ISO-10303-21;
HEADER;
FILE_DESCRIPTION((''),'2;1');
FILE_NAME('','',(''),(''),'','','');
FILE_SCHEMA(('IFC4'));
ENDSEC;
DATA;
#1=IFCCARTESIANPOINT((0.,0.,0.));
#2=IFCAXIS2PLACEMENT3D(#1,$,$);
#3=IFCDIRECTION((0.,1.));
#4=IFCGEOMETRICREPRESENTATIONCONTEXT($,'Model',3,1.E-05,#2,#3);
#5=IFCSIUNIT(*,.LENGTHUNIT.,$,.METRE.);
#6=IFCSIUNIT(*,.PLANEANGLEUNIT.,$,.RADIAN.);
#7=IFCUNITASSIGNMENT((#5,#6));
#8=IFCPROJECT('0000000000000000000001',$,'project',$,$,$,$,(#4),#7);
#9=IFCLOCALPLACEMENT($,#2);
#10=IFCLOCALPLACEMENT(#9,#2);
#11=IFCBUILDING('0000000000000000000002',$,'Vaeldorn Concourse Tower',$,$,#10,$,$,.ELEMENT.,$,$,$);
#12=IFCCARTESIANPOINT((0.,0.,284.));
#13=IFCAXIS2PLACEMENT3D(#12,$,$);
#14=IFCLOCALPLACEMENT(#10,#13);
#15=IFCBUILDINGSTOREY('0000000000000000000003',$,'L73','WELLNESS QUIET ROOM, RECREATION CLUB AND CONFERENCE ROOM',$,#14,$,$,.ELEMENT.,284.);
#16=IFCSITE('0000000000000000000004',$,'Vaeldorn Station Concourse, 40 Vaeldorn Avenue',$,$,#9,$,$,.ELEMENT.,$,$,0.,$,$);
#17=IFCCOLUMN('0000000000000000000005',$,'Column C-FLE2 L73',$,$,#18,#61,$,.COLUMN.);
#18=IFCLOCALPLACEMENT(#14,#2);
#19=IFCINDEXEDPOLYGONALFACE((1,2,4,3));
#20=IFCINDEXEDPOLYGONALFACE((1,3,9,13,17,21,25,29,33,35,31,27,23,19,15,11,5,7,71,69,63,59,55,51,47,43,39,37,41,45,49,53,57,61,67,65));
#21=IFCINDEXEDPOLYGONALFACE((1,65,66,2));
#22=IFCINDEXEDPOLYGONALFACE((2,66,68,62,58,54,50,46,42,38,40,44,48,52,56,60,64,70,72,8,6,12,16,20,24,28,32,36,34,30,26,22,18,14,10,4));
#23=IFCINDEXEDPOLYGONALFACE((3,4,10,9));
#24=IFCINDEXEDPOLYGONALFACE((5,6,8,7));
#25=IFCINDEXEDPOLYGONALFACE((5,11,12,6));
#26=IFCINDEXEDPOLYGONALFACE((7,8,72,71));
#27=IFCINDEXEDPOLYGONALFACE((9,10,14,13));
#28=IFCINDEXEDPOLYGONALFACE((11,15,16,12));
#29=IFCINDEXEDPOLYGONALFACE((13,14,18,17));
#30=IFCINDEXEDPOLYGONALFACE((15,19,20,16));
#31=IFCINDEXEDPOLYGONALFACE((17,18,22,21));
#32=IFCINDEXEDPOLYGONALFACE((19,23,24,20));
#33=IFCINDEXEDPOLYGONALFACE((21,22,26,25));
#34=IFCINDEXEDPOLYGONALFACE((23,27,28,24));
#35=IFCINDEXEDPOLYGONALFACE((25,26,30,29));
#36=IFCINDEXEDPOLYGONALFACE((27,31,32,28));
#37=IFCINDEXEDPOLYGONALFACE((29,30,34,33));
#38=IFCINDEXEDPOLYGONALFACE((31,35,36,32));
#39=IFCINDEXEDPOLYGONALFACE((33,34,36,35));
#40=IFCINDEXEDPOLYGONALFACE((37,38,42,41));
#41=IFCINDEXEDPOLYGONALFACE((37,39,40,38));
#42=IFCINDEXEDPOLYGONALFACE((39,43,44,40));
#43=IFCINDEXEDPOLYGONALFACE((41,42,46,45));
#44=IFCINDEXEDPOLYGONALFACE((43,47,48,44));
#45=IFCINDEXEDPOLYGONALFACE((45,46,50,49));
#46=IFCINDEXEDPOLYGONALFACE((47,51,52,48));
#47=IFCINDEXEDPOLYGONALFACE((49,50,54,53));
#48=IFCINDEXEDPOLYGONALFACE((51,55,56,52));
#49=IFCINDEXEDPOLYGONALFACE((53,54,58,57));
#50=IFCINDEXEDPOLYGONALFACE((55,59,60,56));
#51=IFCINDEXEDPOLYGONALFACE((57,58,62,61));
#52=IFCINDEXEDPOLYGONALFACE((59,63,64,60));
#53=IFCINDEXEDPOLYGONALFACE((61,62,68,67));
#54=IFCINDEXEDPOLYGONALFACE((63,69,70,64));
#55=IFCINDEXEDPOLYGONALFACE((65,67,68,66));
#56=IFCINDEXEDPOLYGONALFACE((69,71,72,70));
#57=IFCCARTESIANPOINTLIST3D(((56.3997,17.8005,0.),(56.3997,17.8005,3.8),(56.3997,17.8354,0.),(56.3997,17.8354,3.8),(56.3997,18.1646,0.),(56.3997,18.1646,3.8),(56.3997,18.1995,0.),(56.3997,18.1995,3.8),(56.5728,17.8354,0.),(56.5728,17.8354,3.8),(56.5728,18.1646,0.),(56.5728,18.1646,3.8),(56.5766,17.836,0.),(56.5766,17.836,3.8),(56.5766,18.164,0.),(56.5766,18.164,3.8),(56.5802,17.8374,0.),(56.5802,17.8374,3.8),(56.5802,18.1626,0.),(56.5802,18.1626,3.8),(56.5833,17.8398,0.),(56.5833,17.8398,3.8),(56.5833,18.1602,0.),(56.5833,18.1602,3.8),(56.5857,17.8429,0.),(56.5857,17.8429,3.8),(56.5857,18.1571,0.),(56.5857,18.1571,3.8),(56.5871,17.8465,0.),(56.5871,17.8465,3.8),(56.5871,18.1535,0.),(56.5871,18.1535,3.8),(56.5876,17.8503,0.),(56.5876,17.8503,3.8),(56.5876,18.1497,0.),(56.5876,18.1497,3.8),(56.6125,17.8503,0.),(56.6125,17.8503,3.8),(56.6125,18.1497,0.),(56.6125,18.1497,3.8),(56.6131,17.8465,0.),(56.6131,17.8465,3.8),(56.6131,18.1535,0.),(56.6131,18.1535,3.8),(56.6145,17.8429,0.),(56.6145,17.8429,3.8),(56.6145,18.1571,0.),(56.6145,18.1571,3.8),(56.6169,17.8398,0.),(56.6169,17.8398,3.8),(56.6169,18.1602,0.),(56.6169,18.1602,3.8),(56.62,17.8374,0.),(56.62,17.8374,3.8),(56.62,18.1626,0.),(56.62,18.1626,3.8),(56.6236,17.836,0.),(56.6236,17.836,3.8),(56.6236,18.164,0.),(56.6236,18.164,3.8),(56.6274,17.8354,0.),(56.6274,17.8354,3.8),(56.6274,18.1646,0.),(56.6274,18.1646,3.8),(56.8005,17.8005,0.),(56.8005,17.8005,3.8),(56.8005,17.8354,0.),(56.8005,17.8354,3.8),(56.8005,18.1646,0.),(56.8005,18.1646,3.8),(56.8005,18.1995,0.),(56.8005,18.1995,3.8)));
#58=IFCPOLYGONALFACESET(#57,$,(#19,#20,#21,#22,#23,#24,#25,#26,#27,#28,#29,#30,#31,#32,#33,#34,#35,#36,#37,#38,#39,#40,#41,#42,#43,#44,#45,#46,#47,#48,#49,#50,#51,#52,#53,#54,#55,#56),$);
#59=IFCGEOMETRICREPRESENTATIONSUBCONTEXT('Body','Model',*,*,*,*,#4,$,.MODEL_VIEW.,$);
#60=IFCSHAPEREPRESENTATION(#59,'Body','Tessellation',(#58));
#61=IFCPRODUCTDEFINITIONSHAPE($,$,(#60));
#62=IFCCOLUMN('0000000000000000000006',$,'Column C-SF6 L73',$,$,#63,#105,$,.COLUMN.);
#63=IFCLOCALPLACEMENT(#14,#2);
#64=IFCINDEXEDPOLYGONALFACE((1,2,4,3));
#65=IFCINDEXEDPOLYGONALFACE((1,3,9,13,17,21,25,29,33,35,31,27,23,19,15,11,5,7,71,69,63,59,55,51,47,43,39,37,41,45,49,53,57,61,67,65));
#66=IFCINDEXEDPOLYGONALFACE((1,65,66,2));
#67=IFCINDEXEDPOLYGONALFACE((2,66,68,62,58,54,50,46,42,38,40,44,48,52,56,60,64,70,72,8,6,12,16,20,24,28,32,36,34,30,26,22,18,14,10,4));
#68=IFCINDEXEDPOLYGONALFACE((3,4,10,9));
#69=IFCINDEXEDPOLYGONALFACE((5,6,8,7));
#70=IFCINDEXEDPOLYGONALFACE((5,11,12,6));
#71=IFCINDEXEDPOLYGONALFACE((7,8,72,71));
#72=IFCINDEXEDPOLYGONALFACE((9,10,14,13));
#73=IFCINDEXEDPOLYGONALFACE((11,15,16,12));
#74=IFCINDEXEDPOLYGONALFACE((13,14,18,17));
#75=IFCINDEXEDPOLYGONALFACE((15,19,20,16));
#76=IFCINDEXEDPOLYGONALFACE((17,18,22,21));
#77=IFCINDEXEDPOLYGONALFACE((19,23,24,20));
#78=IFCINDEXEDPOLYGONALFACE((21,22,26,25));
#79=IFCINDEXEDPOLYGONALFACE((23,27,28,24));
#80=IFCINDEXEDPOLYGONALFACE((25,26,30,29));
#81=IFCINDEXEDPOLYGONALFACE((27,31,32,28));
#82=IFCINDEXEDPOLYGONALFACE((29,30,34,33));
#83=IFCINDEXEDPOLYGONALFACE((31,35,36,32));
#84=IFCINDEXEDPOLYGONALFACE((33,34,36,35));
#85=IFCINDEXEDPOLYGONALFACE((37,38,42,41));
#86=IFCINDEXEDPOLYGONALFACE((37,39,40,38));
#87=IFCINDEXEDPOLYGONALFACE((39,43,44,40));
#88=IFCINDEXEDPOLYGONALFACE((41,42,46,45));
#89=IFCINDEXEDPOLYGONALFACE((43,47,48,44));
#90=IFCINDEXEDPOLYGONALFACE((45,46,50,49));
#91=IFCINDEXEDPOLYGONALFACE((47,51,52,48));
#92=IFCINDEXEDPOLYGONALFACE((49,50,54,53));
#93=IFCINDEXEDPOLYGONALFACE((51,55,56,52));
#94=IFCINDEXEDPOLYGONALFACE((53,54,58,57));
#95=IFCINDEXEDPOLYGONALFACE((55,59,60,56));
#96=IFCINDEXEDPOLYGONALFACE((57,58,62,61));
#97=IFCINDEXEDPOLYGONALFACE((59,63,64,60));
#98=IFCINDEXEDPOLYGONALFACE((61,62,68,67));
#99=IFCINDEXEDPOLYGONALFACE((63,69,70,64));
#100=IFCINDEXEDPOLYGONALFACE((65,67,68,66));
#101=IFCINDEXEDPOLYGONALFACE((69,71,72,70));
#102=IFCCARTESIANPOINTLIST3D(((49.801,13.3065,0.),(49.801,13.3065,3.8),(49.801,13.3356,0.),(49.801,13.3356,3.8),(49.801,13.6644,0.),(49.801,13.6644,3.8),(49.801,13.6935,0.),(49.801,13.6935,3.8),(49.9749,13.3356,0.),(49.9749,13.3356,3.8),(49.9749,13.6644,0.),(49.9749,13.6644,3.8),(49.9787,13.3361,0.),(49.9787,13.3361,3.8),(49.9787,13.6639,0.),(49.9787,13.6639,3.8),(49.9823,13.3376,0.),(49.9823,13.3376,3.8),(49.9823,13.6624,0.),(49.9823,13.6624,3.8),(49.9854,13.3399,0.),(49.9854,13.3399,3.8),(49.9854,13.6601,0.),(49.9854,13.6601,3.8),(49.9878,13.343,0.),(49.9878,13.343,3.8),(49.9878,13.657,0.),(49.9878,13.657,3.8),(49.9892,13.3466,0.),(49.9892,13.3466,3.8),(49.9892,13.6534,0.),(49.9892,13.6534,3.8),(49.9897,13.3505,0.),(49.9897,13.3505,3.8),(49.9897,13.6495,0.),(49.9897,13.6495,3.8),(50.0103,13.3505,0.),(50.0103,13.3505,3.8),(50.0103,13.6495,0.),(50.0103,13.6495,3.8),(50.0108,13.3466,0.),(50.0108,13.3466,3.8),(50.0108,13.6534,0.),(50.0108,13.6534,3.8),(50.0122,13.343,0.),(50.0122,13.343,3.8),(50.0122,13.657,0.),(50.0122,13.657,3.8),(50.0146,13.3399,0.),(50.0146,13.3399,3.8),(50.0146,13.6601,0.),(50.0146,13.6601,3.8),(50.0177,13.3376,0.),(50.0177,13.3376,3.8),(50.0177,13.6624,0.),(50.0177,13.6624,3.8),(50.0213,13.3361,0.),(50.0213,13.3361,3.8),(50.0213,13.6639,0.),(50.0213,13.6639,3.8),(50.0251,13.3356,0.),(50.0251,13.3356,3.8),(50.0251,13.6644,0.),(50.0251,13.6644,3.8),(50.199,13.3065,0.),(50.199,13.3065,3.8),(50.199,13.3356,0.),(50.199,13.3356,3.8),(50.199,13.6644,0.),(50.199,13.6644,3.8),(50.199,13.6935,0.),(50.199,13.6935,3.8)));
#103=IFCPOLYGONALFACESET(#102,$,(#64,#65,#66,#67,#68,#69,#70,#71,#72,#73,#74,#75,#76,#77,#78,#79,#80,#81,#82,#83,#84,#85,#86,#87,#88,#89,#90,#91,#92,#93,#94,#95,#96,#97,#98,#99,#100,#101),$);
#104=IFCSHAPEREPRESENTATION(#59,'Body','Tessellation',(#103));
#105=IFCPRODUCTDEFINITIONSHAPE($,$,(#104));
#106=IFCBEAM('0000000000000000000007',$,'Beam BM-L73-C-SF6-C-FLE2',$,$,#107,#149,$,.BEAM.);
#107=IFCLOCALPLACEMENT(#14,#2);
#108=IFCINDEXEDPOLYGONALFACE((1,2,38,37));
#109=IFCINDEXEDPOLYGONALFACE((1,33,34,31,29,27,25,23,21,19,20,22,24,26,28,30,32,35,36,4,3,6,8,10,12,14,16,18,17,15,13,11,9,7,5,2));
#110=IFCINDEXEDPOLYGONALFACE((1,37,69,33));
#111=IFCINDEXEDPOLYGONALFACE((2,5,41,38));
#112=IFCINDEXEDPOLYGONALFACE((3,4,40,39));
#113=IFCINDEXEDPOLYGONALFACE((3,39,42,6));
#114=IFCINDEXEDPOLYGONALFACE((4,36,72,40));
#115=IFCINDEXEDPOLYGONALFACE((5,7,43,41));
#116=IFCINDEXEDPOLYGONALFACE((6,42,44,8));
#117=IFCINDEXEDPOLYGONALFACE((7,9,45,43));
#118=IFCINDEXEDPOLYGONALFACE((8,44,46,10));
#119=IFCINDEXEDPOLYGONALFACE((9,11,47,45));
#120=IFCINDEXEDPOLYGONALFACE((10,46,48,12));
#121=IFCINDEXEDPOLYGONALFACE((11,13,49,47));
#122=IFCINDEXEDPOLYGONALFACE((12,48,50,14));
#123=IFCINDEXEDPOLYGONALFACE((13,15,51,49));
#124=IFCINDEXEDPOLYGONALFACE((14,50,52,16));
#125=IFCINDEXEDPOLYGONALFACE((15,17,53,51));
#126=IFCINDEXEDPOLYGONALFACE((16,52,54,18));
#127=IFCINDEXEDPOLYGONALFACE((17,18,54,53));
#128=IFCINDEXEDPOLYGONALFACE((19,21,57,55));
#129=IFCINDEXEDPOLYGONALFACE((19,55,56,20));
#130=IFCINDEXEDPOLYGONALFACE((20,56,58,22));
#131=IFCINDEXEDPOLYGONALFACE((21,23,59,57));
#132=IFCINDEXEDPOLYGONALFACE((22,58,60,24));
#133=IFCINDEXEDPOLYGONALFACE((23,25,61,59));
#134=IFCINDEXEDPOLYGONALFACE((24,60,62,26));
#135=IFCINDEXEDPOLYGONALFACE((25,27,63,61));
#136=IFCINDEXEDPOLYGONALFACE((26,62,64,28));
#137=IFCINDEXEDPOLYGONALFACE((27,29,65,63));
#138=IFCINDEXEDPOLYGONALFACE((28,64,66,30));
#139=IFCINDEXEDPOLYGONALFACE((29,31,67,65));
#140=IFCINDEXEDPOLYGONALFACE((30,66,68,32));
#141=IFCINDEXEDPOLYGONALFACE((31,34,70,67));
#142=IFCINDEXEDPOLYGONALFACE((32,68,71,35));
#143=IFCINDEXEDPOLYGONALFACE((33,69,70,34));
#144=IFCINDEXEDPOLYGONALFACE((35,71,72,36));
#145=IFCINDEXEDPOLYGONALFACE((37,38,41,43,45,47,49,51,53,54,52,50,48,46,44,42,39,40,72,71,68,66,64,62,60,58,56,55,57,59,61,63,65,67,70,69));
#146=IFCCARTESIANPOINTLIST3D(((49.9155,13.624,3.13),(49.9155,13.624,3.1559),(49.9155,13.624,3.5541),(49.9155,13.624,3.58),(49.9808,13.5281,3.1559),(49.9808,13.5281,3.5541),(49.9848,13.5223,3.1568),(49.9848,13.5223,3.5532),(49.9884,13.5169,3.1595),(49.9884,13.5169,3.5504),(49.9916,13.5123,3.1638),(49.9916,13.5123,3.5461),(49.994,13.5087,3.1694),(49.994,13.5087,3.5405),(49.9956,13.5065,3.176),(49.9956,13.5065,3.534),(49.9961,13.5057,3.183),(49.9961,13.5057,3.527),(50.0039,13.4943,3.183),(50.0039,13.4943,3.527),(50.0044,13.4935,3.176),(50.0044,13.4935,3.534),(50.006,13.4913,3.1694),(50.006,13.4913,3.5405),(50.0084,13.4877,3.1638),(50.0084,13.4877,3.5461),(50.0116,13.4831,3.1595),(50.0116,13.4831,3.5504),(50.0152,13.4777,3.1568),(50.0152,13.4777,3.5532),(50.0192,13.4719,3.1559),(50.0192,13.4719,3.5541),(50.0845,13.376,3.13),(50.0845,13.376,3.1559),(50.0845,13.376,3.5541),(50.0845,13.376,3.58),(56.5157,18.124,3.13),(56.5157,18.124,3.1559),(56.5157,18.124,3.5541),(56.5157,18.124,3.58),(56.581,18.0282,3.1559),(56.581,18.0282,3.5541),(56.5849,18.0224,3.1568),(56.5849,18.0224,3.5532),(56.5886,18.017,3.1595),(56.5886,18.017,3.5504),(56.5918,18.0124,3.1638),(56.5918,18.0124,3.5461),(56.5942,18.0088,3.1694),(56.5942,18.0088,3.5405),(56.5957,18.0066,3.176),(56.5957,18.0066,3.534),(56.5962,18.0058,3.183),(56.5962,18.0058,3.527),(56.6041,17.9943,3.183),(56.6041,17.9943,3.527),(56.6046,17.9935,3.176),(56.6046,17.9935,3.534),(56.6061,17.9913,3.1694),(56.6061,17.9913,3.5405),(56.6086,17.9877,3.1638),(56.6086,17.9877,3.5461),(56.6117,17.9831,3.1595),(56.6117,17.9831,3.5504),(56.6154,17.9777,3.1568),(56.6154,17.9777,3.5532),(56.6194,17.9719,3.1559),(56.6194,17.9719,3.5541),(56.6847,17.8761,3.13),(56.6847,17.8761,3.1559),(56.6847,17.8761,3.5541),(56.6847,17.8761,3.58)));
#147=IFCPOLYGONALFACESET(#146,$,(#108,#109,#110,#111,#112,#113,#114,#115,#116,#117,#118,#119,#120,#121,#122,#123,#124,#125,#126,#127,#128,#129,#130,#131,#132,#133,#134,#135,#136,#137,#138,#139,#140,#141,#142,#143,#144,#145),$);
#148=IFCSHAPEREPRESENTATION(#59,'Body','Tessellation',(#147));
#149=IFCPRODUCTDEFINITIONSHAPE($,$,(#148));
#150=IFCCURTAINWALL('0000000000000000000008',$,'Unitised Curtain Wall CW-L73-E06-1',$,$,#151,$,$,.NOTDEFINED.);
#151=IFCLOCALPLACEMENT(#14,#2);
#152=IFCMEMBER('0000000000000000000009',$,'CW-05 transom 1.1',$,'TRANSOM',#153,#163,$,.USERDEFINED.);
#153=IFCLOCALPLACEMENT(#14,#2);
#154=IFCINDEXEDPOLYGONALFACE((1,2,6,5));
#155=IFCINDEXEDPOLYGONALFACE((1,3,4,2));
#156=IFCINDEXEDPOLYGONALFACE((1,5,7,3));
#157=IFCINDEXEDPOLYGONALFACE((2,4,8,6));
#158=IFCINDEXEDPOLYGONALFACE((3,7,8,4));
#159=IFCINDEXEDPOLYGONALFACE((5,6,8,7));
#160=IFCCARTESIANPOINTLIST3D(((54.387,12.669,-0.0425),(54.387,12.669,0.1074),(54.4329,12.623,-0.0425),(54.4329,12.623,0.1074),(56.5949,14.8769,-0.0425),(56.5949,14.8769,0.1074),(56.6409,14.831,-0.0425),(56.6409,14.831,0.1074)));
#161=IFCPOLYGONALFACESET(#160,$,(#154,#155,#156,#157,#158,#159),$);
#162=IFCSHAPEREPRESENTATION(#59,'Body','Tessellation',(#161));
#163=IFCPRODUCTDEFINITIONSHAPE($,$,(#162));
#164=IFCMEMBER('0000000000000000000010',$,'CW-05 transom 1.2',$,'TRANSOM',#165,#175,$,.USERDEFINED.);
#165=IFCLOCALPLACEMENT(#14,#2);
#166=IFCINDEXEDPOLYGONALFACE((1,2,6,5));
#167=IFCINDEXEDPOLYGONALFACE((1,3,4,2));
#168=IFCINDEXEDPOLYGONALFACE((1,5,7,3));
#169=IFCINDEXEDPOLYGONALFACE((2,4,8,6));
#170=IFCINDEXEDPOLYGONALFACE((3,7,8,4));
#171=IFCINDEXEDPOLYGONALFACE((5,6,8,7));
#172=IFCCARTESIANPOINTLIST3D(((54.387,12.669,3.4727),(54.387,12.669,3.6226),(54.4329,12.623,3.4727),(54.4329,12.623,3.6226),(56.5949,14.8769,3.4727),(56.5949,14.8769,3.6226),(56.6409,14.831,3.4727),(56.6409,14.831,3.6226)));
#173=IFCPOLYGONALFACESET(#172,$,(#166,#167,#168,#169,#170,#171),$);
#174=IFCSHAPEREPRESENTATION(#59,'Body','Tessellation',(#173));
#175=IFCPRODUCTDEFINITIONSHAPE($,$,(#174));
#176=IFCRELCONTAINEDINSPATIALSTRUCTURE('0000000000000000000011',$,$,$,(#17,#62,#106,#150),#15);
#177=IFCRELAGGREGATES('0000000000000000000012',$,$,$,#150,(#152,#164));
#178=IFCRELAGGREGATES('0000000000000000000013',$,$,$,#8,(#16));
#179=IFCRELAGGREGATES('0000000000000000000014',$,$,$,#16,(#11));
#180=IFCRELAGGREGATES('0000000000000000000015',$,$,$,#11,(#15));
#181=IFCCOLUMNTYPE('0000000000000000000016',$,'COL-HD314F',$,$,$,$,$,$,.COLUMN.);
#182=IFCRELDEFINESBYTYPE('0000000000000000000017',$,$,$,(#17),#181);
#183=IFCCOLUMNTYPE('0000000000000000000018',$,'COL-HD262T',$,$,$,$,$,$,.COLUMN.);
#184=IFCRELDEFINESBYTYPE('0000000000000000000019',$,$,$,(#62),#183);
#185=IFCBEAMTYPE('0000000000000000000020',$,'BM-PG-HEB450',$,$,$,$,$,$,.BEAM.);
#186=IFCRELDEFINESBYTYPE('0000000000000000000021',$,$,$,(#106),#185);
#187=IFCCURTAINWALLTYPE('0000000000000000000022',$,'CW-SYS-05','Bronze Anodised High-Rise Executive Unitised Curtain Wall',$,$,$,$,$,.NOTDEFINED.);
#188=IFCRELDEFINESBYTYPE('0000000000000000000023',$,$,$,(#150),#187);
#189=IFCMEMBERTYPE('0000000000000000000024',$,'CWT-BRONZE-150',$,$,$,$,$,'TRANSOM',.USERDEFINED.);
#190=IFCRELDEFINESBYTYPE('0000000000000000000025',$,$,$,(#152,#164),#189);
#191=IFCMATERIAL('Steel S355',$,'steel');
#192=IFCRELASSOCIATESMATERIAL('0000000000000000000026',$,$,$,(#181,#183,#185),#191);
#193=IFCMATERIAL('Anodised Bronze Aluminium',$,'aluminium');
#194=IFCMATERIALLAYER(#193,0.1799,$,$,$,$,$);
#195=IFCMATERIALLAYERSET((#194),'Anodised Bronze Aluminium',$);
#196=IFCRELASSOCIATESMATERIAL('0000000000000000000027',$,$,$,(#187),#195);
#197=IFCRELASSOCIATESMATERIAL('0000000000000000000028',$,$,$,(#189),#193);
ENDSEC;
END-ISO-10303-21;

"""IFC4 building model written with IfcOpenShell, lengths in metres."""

from ifc_helpers import new_model, si_unit, direction, frame, origin, origin_2d, place, context, subcontext, project, spatial, rectangle, i_section, extrude, source, transform, mapped, material, layer, layer_set, material_profile, profile_set, type_object, element, aggregate, save


model = new_model("IFC4")

# Units and contexts
model_context = context("Model", 3, precision=1e-05, world=origin(), true_north=direction((0.0, 1.0)))
body_context = subcontext(model_context, "Body", "Model", "MODEL_VIEW")
ifc_project = project(units=[si_unit("LENGTHUNIT", "METRE"), si_unit("PLANEANGLEUNIT", "RADIAN")], contexts=[model_context])

# Site, building, storey
site_placement = place(None, origin())
site = spatial("IfcSite", under=ifc_project, at=site_placement, Name="Vaeldorn Station Concourse, 40 Vaeldorn Avenue", CompositionType="ELEMENT", RefElevation=0.0)
building_placement = place(site_placement, origin())
building = spatial("IfcBuilding", under=site, at=building_placement, Name="Vaeldorn Concourse Tower", CompositionType="ELEMENT")
storey_placement = place(building_placement, frame((0.0, 0.0, 284.0)))
storey = spatial("IfcBuildingStorey", under=building, at=storey_placement, Name="L73", Description="WELLNESS QUIET ROOM, RECREATION CLUB AND CONFERENCE ROOM", CompositionType="ELEMENT", Elevation=284.0)

# Columns
ifc_material_1 = material(Name="Steel S355", Category="steel")
ifc_material_profile_1 = material_profile(ifc_material_1, i_section(OverallWidth=0.4009, OverallDepth=0.3989, WebThickness=0.0249, FlangeThickness=0.0349, FilletRadius=0.0149, at=origin_2d()), Name="HD 400x314")
ifc_profile_set_1 = profile_set([ifc_material_profile_1], Name="Steel S355")
column_type_1 = type_object("IfcColumnType", Name="COL-HD314F", PredefinedType="COLUMN", material=ifc_profile_set_1)
shared_shape_1 = source(origin(), body_context, "Body", "SweptSolid", [
    extrude(i_section(OverallWidth=0.4009, OverallDepth=0.3989, WebThickness=0.0249, FlangeThickness=0.0349, FilletRadius=0.0149, at=origin_2d()), origin(), (0.0, 0.0, 1.0), 3.8),
])
column_1_placement = place(storey_placement, frame((56.6001, 18.0, 0.0), z_axis=(0.0, 0.0, 1.0), x_axis=(1.0, 0.0, 0.0)))
element("IfcColumn", 1, at=column_1_placement, inside=storey, type_object=column_type_1, Name="Column C-FLE2 L73", PredefinedType="COLUMN", context=body_context, shape_type="MappedRepresentation", body=[
    mapped(shared_shape_1, transform((0.0, 0.0, 0.0), scale=1.0)),
])
ifc_material_profile_2 = material_profile(ifc_material_1, i_section(OverallWidth=0.3979, OverallDepth=0.387, WebThickness=0.0205, FlangeThickness=0.0291, FilletRadius=0.0149, at=origin_2d()), Name="HD 400x262")
ifc_profile_set_2 = profile_set([ifc_material_profile_2], Name="Steel S355")
column_type_2 = type_object("IfcColumnType", Name="COL-HD262T", PredefinedType="COLUMN", material=ifc_profile_set_2)
shared_shape_2 = source(origin(), body_context, "Body", "SweptSolid", [
    extrude(i_section(OverallWidth=0.3979, OverallDepth=0.387, WebThickness=0.0205, FlangeThickness=0.0291, FilletRadius=0.0149, at=origin_2d()), origin(), (0.0, 0.0, 1.0), 3.8),
])
column_2_placement = place(storey_placement, frame((50.0, 13.5, 0.0), z_axis=(0.0, 0.0, 1.0), x_axis=(1.0, 0.0, 0.0)))
element("IfcColumn", 2, at=column_2_placement, inside=storey, type_object=column_type_2, Name="Column C-SF6 L73", PredefinedType="COLUMN", context=body_context, shape_type="MappedRepresentation", body=[
    mapped(shared_shape_2, transform((0.0, 0.0, 0.0), scale=1.0)),
])

# Beam
ifc_material_profile_3 = material_profile(ifc_material_1, i_section(OverallWidth=0.3, OverallDepth=0.45, WebThickness=0.0139, FlangeThickness=0.0259, FilletRadius=0.0271, at=origin_2d()), Name="HEB 450")
ifc_profile_set_3 = profile_set([ifc_material_profile_3], Name="Steel S355")
beam_type = type_object("IfcBeamType", Name="BM-PG-HEB450", PredefinedType="BEAM", material=ifc_profile_set_3)
shared_shape_3 = source(origin(), body_context, "Body", "SweptSolid", [
    extrude(i_section(OverallWidth=0.3, OverallDepth=0.45, WebThickness=0.0139, FlangeThickness=0.0259, FilletRadius=0.0271, at=origin_2d()), origin(), (0.0, 0.0, 1.0), 7.9883),
])
beam_placement = place(storey_placement, frame((50.0, 13.5, 3.355), z_axis=(0.826231, 0.563331, 0.0), x_axis=(-0.563331, 0.826231, 0.0)))
element("IfcBeam", 3, at=beam_placement, inside=storey, type_object=beam_type, Name="Beam BM-L73-C-SF6-C-FLE2", PredefinedType="BEAM", context=body_context, shape_type="MappedRepresentation", body=[
    mapped(shared_shape_3, transform((0.0, 0.0, 0.0), scale=1.0)),
])

# Curtain wall, members
ifc_material_2 = material(Name="Anodised Bronze Aluminium", Category="aluminium")
ifc_layer_1 = layer(ifc_material_2, 0.1799)
ifc_layer_set_1 = layer_set([ifc_layer_1], Name="Anodised Bronze Aluminium")
curtain_wall_type = type_object("IfcCurtainWallType", Name="CW-SYS-05", Description="Bronze Anodised High-Rise Executive Unitised Curtain Wall", PredefinedType="NOTDEFINED", material=ifc_layer_set_1)
curtain_wall_1_placement = place(storey_placement, origin())
curtain_wall_1 = element("IfcCurtainWall", 4, at=curtain_wall_1_placement, inside=storey, type_object=curtain_wall_type, Name="Unitised Curtain Wall CW-L73-E06-1", PredefinedType="NOTDEFINED")
ifc_material_profile_4 = material_profile(ifc_material_2, rectangle(XDim=0.0649, YDim=0.1499, at=origin_2d()), Name="CWT 65x150")
ifc_profile_set_4 = profile_set([ifc_material_profile_4], Name="Anodised Bronze Aluminium")
member_type_1 = type_object("IfcMemberType", Name="CWT-BRONZE-150", ElementType="TRANSOM", PredefinedType="USERDEFINED", material=ifc_profile_set_4)
shared_shape_4 = source(origin(), body_context, "Body", "SweptSolid", [
    extrude(rectangle(XDim=0.0649, YDim=0.1499, at=origin_2d()), origin(), (0.0, 0.0, 1.0), 3.1226),
])
member_1_placement = place(storey_placement, frame((54.4099, 12.646, 0.0325), z_axis=(0.707107, 0.707107, 0.0), x_axis=(-0.707107, 0.707107, 0.0)))
member_1 = element("IfcMember", 5, at=member_1_placement, type_object=member_type_1, Name="CW-05 transom 1.1", ObjectType="TRANSOM", PredefinedType="USERDEFINED", context=body_context, shape_type="MappedRepresentation", body=[
    mapped(shared_shape_4, transform((0.0, 0.0, 0.0), scale=1.0)),
])
member_2_placement = place(storey_placement, frame((54.4099, 12.646, 3.5476), z_axis=(0.707107, 0.707107, 0.0), x_axis=(-0.707107, 0.707107, 0.0)))
member_2 = element("IfcMember", 6, at=member_2_placement, type_object=member_type_1, Name="CW-05 transom 1.2", ObjectType="TRANSOM", PredefinedType="USERDEFINED", context=body_context, shape_type="MappedRepresentation", body=[
    mapped(shared_shape_4, transform((0.0, 0.0, 0.0), scale=1.0)),
])

aggregate(curtain_wall_1, [member_1, member_2])

save(model, "model.ifc")
